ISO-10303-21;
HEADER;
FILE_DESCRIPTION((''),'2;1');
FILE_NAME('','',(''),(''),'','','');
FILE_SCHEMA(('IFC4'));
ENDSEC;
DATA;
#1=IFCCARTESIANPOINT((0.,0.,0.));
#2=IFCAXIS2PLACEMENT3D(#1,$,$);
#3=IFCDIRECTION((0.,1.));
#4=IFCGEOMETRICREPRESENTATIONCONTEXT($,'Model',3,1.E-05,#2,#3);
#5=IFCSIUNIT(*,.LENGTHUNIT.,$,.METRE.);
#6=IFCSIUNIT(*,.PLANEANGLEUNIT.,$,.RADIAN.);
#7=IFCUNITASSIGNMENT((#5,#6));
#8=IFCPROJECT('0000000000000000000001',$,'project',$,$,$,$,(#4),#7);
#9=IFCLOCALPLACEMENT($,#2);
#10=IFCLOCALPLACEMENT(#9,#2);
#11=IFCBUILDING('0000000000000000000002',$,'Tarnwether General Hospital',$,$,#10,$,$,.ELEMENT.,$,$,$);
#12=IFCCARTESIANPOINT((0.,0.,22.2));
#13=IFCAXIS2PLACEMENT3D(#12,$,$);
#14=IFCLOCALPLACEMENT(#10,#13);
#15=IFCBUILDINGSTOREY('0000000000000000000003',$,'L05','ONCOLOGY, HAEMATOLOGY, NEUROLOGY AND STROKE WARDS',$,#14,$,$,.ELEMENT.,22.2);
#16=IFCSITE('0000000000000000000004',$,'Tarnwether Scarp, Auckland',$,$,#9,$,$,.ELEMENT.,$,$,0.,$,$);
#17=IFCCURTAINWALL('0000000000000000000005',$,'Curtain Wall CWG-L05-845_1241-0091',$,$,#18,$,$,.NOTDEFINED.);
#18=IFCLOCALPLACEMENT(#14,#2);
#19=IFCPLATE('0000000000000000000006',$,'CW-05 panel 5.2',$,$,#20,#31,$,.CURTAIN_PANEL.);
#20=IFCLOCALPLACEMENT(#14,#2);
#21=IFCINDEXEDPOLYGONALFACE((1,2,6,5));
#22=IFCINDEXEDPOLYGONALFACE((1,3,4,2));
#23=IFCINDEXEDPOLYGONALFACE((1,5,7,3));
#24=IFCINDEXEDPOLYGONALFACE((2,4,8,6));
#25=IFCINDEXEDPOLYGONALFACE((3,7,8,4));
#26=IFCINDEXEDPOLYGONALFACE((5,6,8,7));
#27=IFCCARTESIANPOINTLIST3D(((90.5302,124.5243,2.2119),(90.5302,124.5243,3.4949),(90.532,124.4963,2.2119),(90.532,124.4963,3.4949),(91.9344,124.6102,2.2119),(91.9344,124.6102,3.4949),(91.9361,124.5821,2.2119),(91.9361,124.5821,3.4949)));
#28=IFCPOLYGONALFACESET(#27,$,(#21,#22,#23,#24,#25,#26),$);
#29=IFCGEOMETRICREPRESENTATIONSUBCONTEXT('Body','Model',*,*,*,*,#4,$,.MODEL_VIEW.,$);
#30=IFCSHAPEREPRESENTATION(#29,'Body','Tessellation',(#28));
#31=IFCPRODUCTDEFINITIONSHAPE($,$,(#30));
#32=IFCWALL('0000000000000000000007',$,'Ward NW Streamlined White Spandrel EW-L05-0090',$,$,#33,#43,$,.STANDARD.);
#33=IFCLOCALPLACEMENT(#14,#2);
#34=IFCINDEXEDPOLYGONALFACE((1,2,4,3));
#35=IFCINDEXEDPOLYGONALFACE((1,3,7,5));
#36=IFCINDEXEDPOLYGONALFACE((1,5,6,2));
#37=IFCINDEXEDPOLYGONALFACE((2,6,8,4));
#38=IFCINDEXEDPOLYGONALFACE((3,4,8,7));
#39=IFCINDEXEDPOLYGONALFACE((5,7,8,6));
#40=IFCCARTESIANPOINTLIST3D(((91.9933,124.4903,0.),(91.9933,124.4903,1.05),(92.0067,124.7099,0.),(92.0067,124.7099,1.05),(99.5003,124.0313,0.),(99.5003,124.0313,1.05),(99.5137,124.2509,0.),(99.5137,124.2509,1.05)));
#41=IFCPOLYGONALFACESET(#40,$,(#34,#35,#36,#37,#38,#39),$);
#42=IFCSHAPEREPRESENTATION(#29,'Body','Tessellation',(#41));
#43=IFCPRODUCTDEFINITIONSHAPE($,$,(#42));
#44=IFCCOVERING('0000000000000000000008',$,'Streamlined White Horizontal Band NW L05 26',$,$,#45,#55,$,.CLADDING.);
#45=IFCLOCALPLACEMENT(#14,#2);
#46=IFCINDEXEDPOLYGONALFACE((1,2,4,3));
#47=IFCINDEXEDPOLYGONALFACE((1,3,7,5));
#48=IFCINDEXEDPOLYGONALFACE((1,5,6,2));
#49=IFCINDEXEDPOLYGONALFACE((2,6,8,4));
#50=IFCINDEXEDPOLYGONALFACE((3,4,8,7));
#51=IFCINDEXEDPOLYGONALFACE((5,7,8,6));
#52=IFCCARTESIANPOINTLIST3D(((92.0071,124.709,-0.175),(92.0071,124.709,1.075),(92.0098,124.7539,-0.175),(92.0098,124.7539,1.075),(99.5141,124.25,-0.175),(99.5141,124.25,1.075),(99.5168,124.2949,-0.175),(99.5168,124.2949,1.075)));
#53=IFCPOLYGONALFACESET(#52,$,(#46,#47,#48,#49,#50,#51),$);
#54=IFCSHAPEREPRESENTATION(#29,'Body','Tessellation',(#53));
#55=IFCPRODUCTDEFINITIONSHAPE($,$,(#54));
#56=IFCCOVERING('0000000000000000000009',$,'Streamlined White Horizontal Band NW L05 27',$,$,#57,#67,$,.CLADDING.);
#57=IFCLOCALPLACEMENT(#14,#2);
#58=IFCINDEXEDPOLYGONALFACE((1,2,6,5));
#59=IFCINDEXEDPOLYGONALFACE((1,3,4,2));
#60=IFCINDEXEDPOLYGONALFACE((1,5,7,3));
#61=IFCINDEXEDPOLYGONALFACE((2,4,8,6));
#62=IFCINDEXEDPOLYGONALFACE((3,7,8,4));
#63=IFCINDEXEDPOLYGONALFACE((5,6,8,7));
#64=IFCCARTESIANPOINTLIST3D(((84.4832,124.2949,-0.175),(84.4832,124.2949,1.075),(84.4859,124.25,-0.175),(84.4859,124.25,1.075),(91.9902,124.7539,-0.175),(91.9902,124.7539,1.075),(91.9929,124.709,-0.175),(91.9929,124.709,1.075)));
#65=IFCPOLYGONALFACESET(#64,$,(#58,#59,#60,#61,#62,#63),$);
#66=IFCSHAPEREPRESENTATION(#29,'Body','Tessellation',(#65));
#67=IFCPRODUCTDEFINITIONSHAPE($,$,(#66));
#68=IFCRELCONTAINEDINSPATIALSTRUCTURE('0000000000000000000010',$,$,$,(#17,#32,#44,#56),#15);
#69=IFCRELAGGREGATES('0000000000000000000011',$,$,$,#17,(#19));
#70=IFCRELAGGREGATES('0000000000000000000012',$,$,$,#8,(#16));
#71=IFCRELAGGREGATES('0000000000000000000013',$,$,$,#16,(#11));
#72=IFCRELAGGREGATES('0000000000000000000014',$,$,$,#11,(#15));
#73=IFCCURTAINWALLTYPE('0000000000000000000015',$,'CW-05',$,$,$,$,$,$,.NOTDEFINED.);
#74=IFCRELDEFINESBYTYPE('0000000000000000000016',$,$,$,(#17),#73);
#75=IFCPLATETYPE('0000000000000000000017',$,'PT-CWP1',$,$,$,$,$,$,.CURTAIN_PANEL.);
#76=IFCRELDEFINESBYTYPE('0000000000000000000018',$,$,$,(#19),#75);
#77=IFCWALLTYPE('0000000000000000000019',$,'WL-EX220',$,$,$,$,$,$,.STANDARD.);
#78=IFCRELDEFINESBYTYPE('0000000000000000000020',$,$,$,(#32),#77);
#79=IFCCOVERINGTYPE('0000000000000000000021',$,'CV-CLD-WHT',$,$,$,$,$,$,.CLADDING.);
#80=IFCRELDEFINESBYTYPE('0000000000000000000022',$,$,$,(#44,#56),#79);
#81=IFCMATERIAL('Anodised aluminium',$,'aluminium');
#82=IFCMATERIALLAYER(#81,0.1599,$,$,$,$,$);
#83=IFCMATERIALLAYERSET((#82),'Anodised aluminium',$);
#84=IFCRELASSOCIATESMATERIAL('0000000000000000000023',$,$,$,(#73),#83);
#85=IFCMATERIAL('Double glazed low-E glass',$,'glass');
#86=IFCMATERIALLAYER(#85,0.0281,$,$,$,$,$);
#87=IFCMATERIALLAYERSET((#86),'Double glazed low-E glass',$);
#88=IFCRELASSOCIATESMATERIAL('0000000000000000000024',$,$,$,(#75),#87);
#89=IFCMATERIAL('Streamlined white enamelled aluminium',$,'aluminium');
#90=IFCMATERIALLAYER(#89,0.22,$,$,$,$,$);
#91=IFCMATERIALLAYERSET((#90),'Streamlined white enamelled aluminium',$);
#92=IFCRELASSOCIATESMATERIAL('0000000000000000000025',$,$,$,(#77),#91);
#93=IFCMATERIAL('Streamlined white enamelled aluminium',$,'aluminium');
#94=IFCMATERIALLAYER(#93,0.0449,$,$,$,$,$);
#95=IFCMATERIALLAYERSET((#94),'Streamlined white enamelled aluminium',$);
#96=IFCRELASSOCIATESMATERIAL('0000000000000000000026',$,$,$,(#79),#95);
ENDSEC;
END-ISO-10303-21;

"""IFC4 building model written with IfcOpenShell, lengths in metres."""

from ifc_helpers import new_model, si_unit, direction, frame, frame_2d, origin, origin_2d, place, context, subcontext, project, spatial, rectangle, extrude, material, layer, layer_set, type_object, element, aggregate, save


model = new_model("IFC4")

# Units and contexts
model_context = context("Model", 3, precision=1e-05, world=origin(), true_north=direction((0.0, 1.0)))
body_context = subcontext(model_context, "Body", "Model", "MODEL_VIEW")
ifc_project = project(units=[si_unit("LENGTHUNIT", "METRE"), si_unit("PLANEANGLEUNIT", "RADIAN")], contexts=[model_context])

# Site, building, storey
site_placement = place(None, origin())
site = spatial("IfcSite", under=ifc_project, at=site_placement, Name="Tarnwether Scarp, Auckland", CompositionType="ELEMENT", RefElevation=0.0)
building_placement = place(site_placement, origin())
building = spatial("IfcBuilding", under=site, at=building_placement, Name="Tarnwether General Hospital", CompositionType="ELEMENT")
storey_placement = place(building_placement, frame((0.0, 0.0, 22.2)))
storey = spatial("IfcBuildingStorey", under=building, at=storey_placement, Name="L05", Description="ONCOLOGY, HAEMATOLOGY, NEUROLOGY AND STROKE WARDS", CompositionType="ELEMENT", Elevation=22.2)

# Curtain wall
ifc_material_1 = material(Name="Anodised aluminium", Category="aluminium")
ifc_layer_1 = layer(ifc_material_1, 0.1599)
ifc_layer_set_1 = layer_set([ifc_layer_1], Name="Anodised aluminium")
curtain_wall_type = type_object("IfcCurtainWallType", Name="CW-05", PredefinedType="NOTDEFINED", material=ifc_layer_set_1)
curtain_wall_1_placement = place(storey_placement, origin())
curtain_wall_1 = element("IfcCurtainWall", 1, at=curtain_wall_1_placement, inside=storey, type_object=curtain_wall_type, Name="Curtain Wall CWG-L05-845_1241-0091", PredefinedType="NOTDEFINED")

# Plate
ifc_material_2 = material(Name="Double glazed low-E glass", Category="glass")
ifc_layer_2 = layer(ifc_material_2, 0.0281)
ifc_layer_set_2 = layer_set([ifc_layer_2], Name="Double glazed low-E glass")
plate_type = type_object("IfcPlateType", Name="PT-CWP1", PredefinedType="CURTAIN_PANEL", material=ifc_layer_set_2)
plate_1_placement = place(storey_placement, frame((91.2332, 124.5532, 2.2119), z_axis=(0.0, 0.0, 1.0), x_axis=(0.998136, 0.061029, 0.0)))
plate_1 = element("IfcPlate", 2, at=plate_1_placement, type_object=plate_type, Name="CW-05 panel 5.2", PredefinedType="CURTAIN_PANEL", context=body_context, shape_type="SweptSolid", body=[
    extrude(rectangle(XDim=1.4067, YDim=0.0281, at=origin_2d()), origin(), (0.0, 0.0, 1.0), 1.283),
])
aggregate(curtain_wall_1, [plate_1])

# Wall
ifc_material_3 = material(Name="Streamlined white enamelled aluminium", Category="aluminium")
ifc_layer_3 = layer(ifc_material_3, 0.22)
ifc_layer_set_3 = layer_set([ifc_layer_3], Name="Streamlined white enamelled aluminium")
wall_type = type_object("IfcWallType", Name="WL-EX220", PredefinedType="STANDARD", material=ifc_layer_set_3)
wall_placement = place(storey_placement, frame((92.0, 124.6001, 0.0), z_axis=(0.0, 0.0, 1.0), x_axis=(0.998136, -0.061026, 0.0)))
element("IfcWall", 3, at=wall_placement, inside=storey, type_object=wall_type, Name="Ward NW Streamlined White Spandrel EW-L05-0090", PredefinedType="STANDARD", context=body_context, shape_type="SweptSolid", body=[
    extrude(rectangle(XDim=7.521, YDim=0.22, at=frame_2d((3.7605, 0.0))), origin(), (0.0, 0.0, 1.0), 1.05),
])

# Coverings
ifc_material_4 = material(Name="Streamlined white enamelled aluminium", Category="aluminium")
ifc_layer_4 = layer(ifc_material_4, 0.0449)
ifc_layer_set_4 = layer_set([ifc_layer_4], Name="Streamlined white enamelled aluminium")
covering_type = type_object("IfcCoveringType", Name="CV-CLD-WHT", PredefinedType="CLADDING", material=ifc_layer_set_4)
for number, where, z_axis, x_axis, name in (
    (4, (95.762, 124.502, -0.175), (0.0, 0.0, 1.0), (0.998136, -0.061031, 0.0), "Streamlined White Horizontal Band NW L05 26"),
    (5, (88.238, 124.502, -0.175), (0.0, 0.0, 1.0), (0.998136, 0.061031, 0.0), "Streamlined White Horizontal Band NW L05 27"),
):
    element("IfcCovering", number, at=place(storey_placement, frame(where, z_axis=z_axis, x_axis=x_axis)), inside=storey, type_object=covering_type, Name=name, PredefinedType="CLADDING", context=body_context, shape_type="SweptSolid", body=[
        extrude(rectangle(XDim=7.521, YDim=0.0449, at=origin_2d()), origin(), (0.0, 0.0, 1.0), 1.25),
    ])

save(model, "model.ifc")
